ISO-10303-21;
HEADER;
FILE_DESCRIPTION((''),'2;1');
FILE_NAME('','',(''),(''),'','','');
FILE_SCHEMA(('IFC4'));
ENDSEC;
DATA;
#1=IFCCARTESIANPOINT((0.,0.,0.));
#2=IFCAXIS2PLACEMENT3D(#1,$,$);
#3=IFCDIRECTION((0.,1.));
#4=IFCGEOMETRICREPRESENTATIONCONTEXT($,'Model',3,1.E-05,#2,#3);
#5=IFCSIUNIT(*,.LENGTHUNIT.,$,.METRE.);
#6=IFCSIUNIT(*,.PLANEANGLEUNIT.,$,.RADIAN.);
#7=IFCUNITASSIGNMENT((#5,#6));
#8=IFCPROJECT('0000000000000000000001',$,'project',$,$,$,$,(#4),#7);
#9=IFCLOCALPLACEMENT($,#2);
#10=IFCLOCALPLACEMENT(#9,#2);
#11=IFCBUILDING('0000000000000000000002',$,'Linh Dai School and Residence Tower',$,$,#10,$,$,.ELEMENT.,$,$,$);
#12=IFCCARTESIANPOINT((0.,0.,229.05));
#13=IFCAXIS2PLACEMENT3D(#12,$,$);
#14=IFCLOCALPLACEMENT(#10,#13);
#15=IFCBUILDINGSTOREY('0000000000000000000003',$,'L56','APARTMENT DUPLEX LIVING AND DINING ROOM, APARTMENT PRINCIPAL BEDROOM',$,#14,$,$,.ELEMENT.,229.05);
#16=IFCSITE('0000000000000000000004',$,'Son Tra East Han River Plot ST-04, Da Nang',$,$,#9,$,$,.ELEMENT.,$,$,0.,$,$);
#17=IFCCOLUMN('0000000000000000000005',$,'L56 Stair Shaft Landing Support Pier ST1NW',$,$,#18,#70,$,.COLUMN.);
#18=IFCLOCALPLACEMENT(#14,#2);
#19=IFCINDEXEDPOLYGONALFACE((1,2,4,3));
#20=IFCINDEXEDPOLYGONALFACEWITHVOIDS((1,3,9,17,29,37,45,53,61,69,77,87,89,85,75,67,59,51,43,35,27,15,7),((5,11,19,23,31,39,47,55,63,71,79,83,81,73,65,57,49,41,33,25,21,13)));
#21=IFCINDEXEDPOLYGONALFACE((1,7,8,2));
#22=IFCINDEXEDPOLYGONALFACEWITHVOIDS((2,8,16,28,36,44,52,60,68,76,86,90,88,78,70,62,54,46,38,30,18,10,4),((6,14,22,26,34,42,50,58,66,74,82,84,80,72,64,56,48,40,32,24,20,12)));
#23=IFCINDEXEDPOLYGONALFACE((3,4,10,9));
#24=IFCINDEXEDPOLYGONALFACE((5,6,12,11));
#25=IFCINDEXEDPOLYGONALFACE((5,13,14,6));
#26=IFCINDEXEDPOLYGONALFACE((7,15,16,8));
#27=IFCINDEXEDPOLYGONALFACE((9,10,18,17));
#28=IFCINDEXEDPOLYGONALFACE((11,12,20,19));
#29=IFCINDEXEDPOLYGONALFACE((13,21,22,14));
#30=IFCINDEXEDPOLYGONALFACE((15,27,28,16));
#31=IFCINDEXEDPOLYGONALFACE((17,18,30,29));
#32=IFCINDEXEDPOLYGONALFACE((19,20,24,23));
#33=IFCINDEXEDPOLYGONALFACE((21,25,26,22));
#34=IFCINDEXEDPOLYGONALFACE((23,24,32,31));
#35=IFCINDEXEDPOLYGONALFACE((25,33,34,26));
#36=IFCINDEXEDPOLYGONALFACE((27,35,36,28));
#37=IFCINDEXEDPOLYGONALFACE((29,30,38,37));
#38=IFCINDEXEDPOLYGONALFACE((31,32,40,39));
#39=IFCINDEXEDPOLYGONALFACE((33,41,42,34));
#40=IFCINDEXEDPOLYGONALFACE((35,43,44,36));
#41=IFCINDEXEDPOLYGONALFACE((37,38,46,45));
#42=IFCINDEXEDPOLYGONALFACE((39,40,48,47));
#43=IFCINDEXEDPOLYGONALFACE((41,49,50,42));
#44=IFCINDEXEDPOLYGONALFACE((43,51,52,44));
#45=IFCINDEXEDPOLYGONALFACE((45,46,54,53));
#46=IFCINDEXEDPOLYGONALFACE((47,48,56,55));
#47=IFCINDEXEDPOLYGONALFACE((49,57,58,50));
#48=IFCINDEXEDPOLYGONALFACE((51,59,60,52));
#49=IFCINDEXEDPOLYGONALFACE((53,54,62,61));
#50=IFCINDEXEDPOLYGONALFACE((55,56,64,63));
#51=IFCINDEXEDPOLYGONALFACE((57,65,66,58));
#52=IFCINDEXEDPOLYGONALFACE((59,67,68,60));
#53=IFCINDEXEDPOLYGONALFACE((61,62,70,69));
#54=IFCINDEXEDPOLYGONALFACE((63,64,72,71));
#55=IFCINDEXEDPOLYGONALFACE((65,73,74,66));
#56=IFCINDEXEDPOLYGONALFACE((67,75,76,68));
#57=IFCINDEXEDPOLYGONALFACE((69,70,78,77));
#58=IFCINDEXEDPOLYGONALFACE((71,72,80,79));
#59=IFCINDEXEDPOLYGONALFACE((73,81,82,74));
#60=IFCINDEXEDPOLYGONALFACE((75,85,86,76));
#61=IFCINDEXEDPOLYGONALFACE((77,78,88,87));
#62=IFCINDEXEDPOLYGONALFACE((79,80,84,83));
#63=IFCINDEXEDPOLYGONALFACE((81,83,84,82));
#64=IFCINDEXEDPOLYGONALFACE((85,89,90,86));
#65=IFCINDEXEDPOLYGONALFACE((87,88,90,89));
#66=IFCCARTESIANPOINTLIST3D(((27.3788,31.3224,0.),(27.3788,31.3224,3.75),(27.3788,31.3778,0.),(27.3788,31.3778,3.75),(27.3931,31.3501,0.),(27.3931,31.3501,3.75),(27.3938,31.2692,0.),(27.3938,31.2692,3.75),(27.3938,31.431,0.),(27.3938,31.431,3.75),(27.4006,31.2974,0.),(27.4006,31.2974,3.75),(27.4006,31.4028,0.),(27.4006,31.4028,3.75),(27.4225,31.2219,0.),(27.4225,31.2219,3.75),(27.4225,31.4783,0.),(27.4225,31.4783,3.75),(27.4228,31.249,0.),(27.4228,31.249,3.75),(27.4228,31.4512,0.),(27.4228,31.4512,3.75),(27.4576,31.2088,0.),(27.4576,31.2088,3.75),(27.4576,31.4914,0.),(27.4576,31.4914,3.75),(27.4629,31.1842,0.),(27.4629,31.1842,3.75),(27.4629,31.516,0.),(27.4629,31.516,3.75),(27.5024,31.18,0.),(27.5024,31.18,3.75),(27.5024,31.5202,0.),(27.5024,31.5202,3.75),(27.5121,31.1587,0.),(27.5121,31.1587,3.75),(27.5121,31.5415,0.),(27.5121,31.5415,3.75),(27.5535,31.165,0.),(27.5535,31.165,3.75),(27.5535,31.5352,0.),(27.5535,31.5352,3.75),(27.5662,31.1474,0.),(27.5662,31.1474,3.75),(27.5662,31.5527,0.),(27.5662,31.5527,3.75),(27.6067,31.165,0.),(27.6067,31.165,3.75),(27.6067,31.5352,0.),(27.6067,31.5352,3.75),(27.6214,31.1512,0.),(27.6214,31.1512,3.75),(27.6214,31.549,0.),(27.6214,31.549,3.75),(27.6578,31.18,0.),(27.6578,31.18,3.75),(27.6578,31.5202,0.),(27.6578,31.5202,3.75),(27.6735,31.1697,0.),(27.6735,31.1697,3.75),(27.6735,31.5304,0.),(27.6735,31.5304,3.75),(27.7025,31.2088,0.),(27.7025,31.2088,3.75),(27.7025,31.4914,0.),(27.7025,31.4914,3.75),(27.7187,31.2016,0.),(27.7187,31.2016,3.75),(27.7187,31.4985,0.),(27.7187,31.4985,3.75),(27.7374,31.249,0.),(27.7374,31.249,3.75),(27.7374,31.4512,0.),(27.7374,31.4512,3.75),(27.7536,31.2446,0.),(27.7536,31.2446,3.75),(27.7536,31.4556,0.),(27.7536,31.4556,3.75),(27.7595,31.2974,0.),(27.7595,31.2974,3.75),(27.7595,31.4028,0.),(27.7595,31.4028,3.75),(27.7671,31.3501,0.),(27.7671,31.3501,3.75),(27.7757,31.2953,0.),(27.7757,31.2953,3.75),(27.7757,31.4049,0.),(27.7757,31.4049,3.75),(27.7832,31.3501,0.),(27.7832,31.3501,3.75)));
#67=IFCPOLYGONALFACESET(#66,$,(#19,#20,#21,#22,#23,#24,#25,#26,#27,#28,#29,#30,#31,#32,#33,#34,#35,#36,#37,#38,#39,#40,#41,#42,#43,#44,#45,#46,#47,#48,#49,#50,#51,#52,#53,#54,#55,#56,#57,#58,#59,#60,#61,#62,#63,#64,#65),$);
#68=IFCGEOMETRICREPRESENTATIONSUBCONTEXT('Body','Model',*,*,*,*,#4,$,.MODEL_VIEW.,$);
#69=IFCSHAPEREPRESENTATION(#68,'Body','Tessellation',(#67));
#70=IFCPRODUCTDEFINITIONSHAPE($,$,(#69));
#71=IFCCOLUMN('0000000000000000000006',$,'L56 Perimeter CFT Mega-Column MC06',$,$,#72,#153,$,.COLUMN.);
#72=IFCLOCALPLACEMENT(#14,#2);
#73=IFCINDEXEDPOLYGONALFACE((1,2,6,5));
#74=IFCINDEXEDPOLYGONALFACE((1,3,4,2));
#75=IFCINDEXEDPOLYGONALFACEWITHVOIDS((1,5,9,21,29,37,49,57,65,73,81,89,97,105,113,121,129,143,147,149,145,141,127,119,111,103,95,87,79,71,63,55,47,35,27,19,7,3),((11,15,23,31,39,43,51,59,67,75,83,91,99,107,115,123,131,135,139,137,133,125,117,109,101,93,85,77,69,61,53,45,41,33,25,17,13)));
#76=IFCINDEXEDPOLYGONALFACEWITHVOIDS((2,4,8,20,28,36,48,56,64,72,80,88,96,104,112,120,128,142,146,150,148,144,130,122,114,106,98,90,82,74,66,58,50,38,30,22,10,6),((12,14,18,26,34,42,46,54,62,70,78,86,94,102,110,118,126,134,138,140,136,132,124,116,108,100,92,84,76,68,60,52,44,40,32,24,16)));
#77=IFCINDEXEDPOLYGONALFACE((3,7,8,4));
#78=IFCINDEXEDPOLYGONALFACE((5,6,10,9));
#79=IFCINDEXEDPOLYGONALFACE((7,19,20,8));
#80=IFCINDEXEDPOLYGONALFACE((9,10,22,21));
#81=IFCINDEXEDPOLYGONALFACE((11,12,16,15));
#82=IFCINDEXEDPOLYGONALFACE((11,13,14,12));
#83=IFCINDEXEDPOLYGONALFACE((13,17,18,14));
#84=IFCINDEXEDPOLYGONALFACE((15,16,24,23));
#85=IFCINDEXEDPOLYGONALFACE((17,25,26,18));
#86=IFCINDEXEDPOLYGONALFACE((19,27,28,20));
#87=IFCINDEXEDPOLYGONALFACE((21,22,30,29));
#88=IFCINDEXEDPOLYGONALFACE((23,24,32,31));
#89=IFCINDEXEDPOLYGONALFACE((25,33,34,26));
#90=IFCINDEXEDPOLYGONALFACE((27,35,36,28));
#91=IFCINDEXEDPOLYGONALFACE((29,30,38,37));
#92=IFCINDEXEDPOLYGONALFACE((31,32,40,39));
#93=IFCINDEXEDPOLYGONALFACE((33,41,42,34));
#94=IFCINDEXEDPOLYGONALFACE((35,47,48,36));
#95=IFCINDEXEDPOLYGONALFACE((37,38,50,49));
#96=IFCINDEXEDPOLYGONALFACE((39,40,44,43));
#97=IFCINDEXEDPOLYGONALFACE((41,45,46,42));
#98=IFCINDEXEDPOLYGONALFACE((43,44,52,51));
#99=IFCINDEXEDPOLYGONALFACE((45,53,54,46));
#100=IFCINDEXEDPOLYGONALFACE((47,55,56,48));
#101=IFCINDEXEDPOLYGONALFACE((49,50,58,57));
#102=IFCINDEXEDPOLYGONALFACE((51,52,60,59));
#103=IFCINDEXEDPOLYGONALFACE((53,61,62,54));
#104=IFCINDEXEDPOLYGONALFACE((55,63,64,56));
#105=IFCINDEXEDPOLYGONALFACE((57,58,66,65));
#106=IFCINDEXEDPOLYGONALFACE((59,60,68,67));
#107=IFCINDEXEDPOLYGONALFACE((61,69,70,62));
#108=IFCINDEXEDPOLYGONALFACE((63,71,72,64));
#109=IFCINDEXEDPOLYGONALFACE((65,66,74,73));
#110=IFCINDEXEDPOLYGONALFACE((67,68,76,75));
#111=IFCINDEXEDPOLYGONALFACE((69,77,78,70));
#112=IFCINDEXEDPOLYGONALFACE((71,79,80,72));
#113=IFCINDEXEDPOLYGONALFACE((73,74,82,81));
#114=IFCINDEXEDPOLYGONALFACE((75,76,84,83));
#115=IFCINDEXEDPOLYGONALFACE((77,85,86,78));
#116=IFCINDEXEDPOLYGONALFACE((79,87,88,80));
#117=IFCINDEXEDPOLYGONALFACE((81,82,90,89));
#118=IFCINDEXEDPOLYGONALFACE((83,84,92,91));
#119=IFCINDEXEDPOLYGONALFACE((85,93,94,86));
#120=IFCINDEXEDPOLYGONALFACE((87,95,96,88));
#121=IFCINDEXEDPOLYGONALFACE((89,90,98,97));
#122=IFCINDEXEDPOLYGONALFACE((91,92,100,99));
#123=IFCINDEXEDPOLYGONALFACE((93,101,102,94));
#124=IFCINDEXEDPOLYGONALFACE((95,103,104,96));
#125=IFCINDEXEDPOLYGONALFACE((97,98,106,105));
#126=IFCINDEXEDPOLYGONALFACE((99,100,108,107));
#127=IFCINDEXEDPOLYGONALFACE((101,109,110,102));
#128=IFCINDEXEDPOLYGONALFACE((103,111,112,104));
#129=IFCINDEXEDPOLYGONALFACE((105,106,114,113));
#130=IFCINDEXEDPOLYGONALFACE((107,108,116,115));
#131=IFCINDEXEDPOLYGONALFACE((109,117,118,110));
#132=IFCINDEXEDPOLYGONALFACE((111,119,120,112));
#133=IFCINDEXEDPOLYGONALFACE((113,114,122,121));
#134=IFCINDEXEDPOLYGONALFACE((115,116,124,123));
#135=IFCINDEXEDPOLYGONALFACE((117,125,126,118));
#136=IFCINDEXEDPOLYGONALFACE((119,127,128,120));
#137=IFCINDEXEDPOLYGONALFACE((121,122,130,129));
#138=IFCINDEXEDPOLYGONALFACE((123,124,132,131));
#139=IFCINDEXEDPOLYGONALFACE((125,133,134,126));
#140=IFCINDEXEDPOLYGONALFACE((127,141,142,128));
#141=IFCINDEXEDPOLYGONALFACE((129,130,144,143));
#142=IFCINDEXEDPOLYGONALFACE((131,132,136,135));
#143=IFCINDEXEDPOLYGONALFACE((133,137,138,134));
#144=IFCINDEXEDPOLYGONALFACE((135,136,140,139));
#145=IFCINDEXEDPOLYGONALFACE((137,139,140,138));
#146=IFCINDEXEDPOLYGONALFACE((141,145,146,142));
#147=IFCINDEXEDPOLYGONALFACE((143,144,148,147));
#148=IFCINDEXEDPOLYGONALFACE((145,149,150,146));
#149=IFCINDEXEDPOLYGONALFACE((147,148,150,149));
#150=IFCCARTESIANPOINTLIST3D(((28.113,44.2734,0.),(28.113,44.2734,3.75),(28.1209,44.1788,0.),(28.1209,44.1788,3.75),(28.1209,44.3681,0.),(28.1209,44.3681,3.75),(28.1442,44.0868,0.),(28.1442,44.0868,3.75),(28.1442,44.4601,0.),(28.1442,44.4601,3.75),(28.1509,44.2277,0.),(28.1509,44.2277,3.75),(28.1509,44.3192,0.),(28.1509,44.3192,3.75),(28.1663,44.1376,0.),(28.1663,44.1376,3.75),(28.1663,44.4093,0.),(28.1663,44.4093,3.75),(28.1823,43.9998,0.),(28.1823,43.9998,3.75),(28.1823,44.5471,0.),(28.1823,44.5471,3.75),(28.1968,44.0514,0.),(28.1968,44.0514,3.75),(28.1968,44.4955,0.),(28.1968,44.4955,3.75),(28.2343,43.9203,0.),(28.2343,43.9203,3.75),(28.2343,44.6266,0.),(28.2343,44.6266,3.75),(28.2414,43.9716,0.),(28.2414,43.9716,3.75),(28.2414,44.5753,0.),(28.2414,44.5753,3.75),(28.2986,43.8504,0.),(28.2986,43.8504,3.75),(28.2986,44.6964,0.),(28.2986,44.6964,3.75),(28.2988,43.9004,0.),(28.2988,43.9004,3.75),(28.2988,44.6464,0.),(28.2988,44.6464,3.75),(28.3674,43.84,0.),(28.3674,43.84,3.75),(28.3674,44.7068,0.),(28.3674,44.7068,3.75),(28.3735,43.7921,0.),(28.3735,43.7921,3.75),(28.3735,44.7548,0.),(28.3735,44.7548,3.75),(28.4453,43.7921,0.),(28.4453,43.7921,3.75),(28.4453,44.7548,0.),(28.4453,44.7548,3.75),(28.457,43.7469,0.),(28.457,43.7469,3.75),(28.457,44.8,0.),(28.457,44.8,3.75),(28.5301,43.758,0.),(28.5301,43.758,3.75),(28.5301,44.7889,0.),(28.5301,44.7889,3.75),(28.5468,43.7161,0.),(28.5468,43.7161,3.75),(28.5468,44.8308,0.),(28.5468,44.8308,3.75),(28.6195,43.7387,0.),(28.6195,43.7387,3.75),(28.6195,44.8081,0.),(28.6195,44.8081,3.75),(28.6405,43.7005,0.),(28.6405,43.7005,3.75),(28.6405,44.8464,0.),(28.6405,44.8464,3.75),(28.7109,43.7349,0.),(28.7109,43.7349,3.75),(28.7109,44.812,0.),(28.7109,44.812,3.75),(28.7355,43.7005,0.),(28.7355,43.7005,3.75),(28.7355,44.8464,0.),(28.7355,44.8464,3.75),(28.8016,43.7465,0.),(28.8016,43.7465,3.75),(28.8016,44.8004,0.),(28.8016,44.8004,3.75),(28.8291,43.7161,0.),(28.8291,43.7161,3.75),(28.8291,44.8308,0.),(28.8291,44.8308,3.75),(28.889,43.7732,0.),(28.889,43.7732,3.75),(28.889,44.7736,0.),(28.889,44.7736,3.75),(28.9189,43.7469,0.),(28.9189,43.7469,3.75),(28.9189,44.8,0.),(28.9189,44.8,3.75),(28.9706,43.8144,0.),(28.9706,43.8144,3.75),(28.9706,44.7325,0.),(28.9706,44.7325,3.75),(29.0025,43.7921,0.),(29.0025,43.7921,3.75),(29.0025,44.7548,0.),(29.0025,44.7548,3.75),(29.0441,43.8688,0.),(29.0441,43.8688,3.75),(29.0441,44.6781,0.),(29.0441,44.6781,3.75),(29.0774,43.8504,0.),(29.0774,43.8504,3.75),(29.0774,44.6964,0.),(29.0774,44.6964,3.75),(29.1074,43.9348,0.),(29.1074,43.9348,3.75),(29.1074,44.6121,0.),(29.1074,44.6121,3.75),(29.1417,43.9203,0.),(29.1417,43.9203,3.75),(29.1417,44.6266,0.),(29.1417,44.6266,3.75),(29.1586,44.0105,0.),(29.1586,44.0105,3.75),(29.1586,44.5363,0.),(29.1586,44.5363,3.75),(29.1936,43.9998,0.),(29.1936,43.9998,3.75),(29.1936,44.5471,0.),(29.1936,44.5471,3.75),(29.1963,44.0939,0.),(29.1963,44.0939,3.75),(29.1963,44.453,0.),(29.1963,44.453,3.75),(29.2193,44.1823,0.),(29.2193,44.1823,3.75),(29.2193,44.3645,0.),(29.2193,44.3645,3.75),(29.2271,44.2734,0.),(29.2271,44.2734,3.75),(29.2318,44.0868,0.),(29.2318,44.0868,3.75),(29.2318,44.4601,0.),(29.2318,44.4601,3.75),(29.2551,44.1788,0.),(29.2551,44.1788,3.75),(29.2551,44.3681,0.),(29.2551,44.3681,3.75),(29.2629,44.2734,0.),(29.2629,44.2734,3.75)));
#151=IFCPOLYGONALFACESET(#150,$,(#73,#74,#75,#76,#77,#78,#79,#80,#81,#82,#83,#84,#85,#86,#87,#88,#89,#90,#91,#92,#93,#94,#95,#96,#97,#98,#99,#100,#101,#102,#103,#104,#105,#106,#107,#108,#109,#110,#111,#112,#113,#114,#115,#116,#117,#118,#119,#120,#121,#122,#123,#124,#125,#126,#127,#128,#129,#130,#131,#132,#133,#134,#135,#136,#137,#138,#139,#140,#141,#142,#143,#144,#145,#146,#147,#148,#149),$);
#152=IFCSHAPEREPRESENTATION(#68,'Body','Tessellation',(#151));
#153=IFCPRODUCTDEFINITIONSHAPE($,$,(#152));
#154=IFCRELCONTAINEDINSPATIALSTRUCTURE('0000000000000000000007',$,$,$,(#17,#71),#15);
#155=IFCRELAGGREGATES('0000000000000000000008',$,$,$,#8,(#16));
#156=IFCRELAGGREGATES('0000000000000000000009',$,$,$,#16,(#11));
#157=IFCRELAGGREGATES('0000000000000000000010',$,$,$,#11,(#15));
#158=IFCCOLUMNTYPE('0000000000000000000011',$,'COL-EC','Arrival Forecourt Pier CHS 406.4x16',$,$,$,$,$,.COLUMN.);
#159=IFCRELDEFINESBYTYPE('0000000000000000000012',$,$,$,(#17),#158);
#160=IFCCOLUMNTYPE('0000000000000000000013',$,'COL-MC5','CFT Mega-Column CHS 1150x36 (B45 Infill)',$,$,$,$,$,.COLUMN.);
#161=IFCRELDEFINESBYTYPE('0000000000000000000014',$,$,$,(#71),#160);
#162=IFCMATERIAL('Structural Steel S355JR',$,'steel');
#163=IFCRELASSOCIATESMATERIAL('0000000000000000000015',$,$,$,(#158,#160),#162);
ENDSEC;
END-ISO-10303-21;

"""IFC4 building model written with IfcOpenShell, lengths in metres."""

from ifc_helpers import new_model, si_unit, direction, frame, origin, origin_2d, place, context, subcontext, project, spatial, hollow_circle, extrude, material, material_profile, profile_set, type_object, element, save


model = new_model("IFC4")

# Units and contexts
model_context = context("Model", 3, precision=1e-05, world=origin(), true_north=direction((0.0, 1.0)))
body_context = subcontext(model_context, "Body", "Model", "MODEL_VIEW")
ifc_project = project(units=[si_unit("LENGTHUNIT", "METRE"), si_unit("PLANEANGLEUNIT", "RADIAN")], contexts=[model_context])

# Site, building, storey
site_placement = place(None, origin())
site = spatial("IfcSite", under=ifc_project, at=site_placement, Name="Son Tra East Han River Plot ST-04, Da Nang", CompositionType="ELEMENT", RefElevation=0.0)
building_placement = place(site_placement, origin())
building = spatial("IfcBuilding", under=site, at=building_placement, Name="Linh Dai School and Residence Tower", CompositionType="ELEMENT")
storey_placement = place(building_placement, frame((0.0, 0.0, 229.05)))
storey = spatial("IfcBuildingStorey", under=building, at=storey_placement, Name="L56", Description="APARTMENT DUPLEX LIVING AND DINING ROOM, APARTMENT PRINCIPAL BEDROOM", CompositionType="ELEMENT", Elevation=229.05)

# Columns
ifc_material_1 = material(Name="Structural Steel S355JR", Category="steel")
ifc_material_profile_1 = material_profile(ifc_material_1, hollow_circle(Radius=0.2031, WallThickness=0.0161, at=origin_2d()), Name="CHS 406.4x16")
ifc_profile_set_1 = profile_set([ifc_material_profile_1], Name="Structural Steel S355JR")
column_type_1 = type_object("IfcColumnType", Name="COL-EC", Description="Arrival Forecourt Pier CHS 406.4x16", PredefinedType="COLUMN", material=ifc_profile_set_1)
column_1_placement = place(storey_placement, frame((27.5801, 31.3501, 0.0), z_axis=(0.0, 0.0, 1.0), x_axis=(1.0, 0.0, 0.0)))
element("IfcColumn", 1, at=column_1_placement, inside=storey, type_object=column_type_1, Name="L56 Stair Shaft Landing Support Pier ST1NW", PredefinedType="COLUMN", context=body_context, shape_type="SweptSolid", body=[
    extrude(hollow_circle(Radius=0.2031, WallThickness=0.0161, at=origin_2d()), origin(), (0.0, 0.0, 1.0), 3.75),
])
ifc_material_profile_2 = material_profile(ifc_material_1, hollow_circle(Radius=0.575, WallThickness=0.0359, at=origin_2d()), Name="CHS 1150x36")
ifc_profile_set_2 = profile_set([ifc_material_profile_2], Name="Structural Steel S355JR")
column_type_2 = type_object("IfcColumnType", Name="COL-MC5", Description="CFT Mega-Column CHS 1150x36 (B45 Infill)", PredefinedType="COLUMN", material=ifc_profile_set_2)
column_2_placement = place(storey_placement, frame((28.688, 44.2734, 0.0), z_axis=(0.0, 0.0, 1.0), x_axis=(1.0, 0.0, 0.0)))
element("IfcColumn", 2, at=column_2_placement, inside=storey, type_object=column_type_2, Name="L56 Perimeter CFT Mega-Column MC06", PredefinedType="COLUMN", context=body_context, shape_type="SweptSolid", body=[
    extrude(hollow_circle(Radius=0.575, WallThickness=0.0359, at=origin_2d()), origin(), (0.0, 0.0, 1.0), 3.75),
])

save(model, "model.ifc")
